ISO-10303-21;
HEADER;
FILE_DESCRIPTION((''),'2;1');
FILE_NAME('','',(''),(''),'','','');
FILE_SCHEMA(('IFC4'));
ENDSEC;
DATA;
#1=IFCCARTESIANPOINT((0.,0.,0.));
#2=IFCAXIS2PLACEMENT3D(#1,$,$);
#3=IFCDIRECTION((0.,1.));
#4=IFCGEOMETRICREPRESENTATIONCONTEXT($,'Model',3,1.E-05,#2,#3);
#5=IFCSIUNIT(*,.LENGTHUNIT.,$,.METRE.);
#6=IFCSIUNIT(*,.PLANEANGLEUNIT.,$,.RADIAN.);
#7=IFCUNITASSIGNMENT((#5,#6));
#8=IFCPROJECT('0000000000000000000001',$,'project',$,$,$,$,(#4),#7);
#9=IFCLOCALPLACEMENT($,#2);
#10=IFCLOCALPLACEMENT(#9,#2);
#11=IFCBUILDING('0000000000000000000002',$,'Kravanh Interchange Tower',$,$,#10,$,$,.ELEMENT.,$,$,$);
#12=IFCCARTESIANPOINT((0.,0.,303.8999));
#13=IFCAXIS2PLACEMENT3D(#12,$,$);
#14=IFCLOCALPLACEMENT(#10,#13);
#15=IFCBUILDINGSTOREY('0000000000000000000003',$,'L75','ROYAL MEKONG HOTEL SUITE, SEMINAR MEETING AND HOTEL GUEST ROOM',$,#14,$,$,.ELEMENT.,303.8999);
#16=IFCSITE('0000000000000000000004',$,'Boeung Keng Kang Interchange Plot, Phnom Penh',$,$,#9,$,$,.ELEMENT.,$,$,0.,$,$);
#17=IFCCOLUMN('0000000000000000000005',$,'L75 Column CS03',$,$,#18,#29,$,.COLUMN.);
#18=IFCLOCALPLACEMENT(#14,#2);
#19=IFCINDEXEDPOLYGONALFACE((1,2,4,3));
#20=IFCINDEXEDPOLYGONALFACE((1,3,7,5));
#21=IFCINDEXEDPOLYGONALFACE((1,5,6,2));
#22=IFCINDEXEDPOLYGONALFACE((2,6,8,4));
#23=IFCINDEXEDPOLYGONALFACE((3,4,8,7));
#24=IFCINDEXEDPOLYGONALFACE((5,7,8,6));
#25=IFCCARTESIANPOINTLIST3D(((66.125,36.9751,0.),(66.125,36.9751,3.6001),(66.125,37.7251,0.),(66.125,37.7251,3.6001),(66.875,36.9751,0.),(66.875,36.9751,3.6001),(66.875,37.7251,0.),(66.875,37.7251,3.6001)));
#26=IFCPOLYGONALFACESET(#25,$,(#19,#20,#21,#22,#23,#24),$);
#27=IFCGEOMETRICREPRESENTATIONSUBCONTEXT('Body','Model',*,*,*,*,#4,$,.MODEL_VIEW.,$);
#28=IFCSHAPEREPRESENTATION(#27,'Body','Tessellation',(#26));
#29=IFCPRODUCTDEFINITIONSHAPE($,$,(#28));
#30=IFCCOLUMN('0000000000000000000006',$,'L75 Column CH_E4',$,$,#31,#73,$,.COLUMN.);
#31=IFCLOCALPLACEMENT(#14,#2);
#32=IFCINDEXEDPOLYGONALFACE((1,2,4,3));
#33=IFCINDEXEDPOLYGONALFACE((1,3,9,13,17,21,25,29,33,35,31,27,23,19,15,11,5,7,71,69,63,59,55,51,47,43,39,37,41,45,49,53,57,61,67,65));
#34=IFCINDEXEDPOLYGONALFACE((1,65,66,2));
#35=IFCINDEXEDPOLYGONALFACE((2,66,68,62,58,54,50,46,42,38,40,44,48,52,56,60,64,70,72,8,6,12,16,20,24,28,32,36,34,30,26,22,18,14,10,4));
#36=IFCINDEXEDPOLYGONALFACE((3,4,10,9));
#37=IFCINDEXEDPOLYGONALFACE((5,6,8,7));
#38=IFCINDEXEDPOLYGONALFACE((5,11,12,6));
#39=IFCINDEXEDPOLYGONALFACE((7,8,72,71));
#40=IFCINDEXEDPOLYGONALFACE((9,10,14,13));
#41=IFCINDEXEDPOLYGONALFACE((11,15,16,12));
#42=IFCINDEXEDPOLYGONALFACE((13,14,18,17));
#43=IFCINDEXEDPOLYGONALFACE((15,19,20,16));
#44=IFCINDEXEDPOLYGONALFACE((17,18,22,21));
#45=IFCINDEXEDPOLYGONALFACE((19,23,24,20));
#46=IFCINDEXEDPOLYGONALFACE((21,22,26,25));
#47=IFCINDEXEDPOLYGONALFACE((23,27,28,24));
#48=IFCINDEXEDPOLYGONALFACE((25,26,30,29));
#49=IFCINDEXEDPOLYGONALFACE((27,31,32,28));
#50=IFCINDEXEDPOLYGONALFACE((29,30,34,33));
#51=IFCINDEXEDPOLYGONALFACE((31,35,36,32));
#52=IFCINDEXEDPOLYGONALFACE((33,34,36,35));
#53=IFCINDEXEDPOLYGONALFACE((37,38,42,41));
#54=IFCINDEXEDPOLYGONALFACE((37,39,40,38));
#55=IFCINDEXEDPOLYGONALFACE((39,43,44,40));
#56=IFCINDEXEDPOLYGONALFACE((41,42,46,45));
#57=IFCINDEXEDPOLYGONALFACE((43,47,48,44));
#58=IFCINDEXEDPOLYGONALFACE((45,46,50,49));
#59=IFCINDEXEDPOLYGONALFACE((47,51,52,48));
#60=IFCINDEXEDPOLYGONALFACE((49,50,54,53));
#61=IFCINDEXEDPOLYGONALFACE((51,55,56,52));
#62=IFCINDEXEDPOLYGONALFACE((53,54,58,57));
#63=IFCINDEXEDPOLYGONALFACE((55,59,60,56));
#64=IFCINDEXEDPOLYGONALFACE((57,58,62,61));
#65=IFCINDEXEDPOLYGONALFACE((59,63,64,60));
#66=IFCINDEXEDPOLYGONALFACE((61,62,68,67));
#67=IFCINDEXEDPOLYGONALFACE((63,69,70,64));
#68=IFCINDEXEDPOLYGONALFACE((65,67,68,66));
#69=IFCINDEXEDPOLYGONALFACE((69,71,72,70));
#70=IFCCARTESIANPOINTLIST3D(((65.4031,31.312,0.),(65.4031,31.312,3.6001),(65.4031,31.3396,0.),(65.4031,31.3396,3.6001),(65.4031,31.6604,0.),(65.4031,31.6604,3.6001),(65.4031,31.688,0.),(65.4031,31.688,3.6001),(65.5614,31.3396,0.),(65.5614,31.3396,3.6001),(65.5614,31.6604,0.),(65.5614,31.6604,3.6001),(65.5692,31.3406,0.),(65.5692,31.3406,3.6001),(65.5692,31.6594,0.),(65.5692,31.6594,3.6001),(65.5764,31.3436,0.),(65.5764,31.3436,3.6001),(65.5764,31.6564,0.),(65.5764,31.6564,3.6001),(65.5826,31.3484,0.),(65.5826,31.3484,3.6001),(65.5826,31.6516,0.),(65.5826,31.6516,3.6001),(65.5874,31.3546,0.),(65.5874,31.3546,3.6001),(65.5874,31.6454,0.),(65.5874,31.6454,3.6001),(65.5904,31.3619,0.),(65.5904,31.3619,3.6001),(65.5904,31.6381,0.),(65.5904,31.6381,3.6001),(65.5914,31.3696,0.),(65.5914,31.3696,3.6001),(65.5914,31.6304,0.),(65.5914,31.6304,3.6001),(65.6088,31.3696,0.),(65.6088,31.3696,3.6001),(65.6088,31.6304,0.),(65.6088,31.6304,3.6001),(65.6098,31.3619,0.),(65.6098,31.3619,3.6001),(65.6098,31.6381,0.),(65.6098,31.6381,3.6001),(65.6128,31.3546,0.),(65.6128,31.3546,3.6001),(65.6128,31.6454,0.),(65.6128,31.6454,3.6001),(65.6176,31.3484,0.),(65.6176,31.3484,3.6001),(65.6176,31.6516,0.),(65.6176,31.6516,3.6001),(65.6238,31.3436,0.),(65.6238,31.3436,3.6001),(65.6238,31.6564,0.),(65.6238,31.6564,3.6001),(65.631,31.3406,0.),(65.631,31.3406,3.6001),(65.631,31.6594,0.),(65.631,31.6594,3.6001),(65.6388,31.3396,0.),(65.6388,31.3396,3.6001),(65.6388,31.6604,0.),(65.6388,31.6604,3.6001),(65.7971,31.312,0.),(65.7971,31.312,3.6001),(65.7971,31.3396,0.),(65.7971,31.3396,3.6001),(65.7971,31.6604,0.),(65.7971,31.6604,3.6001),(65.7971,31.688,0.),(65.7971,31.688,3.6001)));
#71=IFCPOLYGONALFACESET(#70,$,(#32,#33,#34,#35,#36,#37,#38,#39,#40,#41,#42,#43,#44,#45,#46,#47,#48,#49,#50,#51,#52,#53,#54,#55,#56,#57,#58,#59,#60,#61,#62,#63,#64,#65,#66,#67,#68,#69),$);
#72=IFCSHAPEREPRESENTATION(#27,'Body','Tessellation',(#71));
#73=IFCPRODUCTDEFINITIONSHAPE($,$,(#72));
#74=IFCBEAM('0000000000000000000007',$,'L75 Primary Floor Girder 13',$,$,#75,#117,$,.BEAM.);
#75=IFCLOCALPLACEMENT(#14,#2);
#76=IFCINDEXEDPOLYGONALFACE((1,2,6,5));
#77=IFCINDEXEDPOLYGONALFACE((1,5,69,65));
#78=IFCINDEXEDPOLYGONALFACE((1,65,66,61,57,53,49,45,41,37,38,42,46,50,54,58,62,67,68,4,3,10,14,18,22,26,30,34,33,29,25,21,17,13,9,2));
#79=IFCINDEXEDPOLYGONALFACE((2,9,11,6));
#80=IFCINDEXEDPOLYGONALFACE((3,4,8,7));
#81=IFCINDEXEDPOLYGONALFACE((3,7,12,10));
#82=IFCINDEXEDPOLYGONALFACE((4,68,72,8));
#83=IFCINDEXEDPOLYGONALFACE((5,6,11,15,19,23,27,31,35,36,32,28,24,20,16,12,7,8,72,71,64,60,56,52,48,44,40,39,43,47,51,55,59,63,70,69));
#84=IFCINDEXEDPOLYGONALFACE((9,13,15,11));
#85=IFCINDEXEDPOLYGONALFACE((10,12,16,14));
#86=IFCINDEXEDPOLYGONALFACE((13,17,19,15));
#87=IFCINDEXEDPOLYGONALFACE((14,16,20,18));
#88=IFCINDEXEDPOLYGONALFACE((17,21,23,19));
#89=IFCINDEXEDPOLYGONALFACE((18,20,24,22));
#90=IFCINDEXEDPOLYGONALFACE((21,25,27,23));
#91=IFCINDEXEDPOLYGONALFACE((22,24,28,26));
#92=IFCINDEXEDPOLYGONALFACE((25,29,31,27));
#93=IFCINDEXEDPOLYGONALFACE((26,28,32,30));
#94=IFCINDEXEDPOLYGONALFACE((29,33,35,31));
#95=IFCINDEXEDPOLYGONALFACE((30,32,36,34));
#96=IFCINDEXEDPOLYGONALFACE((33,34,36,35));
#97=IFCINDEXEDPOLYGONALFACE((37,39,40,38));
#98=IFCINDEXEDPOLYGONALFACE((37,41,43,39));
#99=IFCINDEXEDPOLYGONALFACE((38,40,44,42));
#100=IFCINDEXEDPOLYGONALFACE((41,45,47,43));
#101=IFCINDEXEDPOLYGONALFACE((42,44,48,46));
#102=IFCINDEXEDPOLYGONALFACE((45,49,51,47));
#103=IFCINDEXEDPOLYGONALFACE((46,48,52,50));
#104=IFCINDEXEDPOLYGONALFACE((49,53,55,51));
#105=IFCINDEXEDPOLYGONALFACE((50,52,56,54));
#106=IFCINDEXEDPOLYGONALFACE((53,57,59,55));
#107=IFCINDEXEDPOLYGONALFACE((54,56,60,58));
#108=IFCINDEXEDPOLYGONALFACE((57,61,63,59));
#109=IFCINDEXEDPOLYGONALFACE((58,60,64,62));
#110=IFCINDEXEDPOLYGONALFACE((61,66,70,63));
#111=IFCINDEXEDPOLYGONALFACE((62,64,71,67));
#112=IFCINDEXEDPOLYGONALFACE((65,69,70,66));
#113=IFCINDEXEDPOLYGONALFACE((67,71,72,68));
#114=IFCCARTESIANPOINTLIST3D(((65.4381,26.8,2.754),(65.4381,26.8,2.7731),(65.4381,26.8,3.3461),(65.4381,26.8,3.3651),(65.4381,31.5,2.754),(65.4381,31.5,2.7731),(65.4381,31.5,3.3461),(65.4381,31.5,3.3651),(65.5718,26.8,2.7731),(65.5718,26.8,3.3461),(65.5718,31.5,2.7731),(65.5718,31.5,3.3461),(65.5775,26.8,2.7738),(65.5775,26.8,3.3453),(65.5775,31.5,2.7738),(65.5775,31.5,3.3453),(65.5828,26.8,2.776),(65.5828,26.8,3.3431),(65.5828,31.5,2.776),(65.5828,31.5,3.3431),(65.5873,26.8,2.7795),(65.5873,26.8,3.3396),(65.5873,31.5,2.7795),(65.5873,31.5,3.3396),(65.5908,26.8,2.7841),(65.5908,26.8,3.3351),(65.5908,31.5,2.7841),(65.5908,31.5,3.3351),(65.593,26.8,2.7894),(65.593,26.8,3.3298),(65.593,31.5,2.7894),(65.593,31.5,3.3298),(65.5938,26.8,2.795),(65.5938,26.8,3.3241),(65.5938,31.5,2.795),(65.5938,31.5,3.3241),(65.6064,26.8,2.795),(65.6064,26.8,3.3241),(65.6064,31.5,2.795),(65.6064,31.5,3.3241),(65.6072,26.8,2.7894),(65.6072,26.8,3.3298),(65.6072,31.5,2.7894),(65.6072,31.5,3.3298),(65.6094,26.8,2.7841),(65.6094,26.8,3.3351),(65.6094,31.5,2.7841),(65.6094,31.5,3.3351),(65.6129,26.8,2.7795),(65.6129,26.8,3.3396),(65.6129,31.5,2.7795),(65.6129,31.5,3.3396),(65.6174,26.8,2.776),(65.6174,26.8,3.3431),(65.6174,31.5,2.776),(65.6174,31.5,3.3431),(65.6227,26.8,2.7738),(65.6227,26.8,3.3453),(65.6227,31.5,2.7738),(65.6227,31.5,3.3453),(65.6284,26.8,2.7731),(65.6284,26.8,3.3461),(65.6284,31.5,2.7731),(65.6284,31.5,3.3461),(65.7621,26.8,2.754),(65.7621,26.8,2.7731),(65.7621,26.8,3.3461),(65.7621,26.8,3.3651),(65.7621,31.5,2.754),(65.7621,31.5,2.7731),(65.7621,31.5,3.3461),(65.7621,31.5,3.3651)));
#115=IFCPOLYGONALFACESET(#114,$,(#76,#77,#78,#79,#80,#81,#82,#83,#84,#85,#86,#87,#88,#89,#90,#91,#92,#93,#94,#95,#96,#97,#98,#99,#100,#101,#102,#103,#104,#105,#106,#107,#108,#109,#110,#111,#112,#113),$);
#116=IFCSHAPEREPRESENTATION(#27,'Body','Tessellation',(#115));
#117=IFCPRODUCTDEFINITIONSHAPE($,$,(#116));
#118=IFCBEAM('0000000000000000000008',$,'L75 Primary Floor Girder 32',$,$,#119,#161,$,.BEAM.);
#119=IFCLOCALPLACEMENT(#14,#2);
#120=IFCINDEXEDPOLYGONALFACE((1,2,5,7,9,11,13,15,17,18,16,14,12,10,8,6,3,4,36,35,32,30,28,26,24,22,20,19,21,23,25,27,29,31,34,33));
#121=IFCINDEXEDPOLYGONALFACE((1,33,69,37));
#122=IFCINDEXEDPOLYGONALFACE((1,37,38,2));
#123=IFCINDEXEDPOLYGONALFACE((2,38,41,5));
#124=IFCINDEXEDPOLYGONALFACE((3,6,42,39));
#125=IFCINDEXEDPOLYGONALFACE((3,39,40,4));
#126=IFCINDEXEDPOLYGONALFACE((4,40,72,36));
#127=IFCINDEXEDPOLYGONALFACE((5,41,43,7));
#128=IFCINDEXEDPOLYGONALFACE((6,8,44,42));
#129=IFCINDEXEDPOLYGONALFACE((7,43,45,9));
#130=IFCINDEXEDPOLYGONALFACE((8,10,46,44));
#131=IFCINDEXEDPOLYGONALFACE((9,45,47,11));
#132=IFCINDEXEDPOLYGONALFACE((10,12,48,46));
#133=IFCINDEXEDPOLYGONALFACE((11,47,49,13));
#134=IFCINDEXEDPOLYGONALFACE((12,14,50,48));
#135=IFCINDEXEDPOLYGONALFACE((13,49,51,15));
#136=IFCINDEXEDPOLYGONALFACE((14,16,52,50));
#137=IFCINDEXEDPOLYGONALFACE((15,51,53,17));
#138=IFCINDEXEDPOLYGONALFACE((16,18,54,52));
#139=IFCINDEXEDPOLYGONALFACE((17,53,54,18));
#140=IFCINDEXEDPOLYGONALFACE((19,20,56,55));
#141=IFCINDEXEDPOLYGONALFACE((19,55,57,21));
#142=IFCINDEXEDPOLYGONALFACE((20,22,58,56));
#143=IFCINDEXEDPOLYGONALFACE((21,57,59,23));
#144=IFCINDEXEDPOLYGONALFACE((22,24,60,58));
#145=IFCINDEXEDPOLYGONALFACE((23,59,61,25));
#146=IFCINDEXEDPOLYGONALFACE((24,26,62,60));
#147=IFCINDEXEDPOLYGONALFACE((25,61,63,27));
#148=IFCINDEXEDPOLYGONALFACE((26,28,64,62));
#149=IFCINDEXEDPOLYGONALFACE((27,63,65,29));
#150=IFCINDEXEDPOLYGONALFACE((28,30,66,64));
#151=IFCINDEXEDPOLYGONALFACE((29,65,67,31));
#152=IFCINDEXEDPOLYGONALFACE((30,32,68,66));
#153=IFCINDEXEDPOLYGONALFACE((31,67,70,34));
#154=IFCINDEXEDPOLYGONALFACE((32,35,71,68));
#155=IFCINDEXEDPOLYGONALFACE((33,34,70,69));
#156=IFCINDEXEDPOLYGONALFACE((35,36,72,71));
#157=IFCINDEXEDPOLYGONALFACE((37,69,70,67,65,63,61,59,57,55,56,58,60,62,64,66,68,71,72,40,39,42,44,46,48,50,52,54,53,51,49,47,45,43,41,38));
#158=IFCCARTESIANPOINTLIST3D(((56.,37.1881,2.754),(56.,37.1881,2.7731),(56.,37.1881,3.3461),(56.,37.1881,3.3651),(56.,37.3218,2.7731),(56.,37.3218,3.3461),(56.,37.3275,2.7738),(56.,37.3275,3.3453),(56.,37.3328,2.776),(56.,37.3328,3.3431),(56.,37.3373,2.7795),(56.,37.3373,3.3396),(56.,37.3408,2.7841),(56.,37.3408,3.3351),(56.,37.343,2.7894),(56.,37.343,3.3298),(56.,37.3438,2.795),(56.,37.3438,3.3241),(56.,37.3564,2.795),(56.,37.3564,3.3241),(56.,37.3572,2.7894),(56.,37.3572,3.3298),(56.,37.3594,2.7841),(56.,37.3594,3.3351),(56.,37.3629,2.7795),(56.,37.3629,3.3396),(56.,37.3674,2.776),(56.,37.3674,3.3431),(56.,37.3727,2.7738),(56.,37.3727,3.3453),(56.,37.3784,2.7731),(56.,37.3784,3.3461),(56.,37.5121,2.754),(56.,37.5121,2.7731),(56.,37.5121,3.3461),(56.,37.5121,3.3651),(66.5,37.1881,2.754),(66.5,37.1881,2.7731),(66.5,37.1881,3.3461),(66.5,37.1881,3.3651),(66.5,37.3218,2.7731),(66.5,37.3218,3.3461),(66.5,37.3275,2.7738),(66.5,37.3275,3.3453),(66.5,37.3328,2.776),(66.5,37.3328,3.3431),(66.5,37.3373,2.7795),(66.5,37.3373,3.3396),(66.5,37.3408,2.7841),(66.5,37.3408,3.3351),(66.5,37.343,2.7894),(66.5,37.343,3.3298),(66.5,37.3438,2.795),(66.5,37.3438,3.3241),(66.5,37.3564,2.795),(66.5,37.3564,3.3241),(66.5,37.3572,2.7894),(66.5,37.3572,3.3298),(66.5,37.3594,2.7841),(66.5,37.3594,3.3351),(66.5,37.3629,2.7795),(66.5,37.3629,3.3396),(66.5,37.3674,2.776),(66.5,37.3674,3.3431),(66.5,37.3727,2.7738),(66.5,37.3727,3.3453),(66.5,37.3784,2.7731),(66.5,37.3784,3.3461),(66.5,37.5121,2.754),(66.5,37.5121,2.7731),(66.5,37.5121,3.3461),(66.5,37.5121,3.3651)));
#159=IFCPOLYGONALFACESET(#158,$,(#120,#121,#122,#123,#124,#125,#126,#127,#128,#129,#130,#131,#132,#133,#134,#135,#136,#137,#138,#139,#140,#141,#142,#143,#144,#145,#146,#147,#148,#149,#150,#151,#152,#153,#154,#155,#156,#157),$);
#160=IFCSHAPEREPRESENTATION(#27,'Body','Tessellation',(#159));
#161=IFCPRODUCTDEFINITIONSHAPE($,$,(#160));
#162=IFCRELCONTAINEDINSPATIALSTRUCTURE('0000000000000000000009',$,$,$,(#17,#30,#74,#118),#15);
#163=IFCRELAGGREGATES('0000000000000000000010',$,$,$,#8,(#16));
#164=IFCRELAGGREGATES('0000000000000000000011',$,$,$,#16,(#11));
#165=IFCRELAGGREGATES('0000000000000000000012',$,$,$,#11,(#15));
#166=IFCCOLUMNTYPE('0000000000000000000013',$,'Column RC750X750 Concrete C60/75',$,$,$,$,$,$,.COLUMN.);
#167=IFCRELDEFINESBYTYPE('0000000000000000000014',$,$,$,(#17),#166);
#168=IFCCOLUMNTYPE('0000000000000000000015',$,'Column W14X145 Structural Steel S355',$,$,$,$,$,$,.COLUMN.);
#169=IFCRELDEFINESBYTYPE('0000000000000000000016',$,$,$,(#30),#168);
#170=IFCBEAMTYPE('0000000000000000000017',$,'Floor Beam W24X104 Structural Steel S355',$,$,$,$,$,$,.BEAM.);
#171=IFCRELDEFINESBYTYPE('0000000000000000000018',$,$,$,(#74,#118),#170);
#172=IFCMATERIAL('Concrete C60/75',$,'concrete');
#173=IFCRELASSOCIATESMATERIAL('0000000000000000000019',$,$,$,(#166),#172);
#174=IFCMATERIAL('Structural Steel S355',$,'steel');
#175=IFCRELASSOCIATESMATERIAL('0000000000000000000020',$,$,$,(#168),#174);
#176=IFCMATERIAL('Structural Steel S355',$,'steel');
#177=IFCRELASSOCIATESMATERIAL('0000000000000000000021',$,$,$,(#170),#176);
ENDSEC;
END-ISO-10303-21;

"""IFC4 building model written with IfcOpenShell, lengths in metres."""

from ifc_helpers import new_model, si_unit, direction, frame, origin, origin_2d, place, context, subcontext, project, spatial, rectangle, i_section, extrude, material, material_profile, profile_set, type_object, element, save


model = new_model("IFC4")

# Units and contexts
model_context = context("Model", 3, precision=1e-05, world=origin(), true_north=direction((0.0, 1.0)))
body_context = subcontext(model_context, "Body", "Model", "MODEL_VIEW")
ifc_project = project(units=[si_unit("LENGTHUNIT", "METRE"), si_unit("PLANEANGLEUNIT", "RADIAN")], contexts=[model_context])

# Site, building, storey
site_placement = place(None, origin())
site = spatial("IfcSite", under=ifc_project, at=site_placement, Name="Boeung Keng Kang Interchange Plot, Phnom Penh", CompositionType="ELEMENT", RefElevation=0.0)
building_placement = place(site_placement, origin())
building = spatial("IfcBuilding", under=site, at=building_placement, Name="Kravanh Interchange Tower", CompositionType="ELEMENT")
storey_placement = place(building_placement, frame((0.0, 0.0, 303.8999)))
storey = spatial("IfcBuildingStorey", under=building, at=storey_placement, Name="L75", Description="ROYAL MEKONG HOTEL SUITE, SEMINAR MEETING AND HOTEL GUEST ROOM", CompositionType="ELEMENT", Elevation=303.8999)

# Columns
ifc_material_1 = material(Name="Concrete C60/75", Category="concrete")
ifc_material_profile_1 = material_profile(ifc_material_1, rectangle(XDim=0.75, YDim=0.75, at=origin_2d()), Name="RC750X750")
ifc_profile_set_1 = profile_set([ifc_material_profile_1], Name="Concrete C60/75")
column_type_1 = type_object("IfcColumnType", Name="Column RC750X750 Concrete C60/75", PredefinedType="COLUMN", material=ifc_profile_set_1)
column_1_placement = place(storey_placement, frame((66.5, 37.3501, 0.0), z_axis=(0.0, 0.0, 1.0), x_axis=(1.0, 0.0, 0.0)))
element("IfcColumn", 1, at=column_1_placement, inside=storey, type_object=column_type_1, Name="L75 Column CS03", PredefinedType="COLUMN", context=body_context, shape_type="SweptSolid", body=[
    extrude(rectangle(XDim=0.75, YDim=0.75, at=origin_2d()), origin(), (0.0, 0.0, 1.0), 3.6001),
])
ifc_material_2 = material(Name="Structural Steel S355", Category="steel")
ifc_material_profile_2 = material_profile(ifc_material_2, i_section(OverallWidth=0.394, OverallDepth=0.376, WebThickness=0.0173, FlangeThickness=0.0276, FilletRadius=0.03, at=origin_2d()), Name="W14X145")
ifc_profile_set_2 = profile_set([ifc_material_profile_2], Name="Structural Steel S355")
column_type_2 = type_object("IfcColumnType", Name="Column W14X145 Structural Steel S355", PredefinedType="COLUMN", material=ifc_profile_set_2)
column_2_placement = place(storey_placement, frame((65.6001, 31.5, 0.0), z_axis=(0.0, 0.0, 1.0), x_axis=(1.0, 0.0, 0.0)))
element("IfcColumn", 2, at=column_2_placement, inside=storey, type_object=column_type_2, Name="L75 Column CH_E4", PredefinedType="COLUMN", context=body_context, shape_type="SweptSolid", body=[
    extrude(i_section(OverallWidth=0.394, OverallDepth=0.376, WebThickness=0.0173, FlangeThickness=0.0276, FilletRadius=0.03, at=origin_2d()), origin(), (0.0, 0.0, 1.0), 3.6001),
])

# Beams
ifc_material_3 = material(Name="Structural Steel S355", Category="steel")
ifc_material_profile_3 = material_profile(ifc_material_3, i_section(OverallWidth=0.324, OverallDepth=0.6111, WebThickness=0.0127, FlangeThickness=0.019, FilletRadius=0.022, at=origin_2d()), Name="W24X104")
ifc_profile_set_3 = profile_set([ifc_material_profile_3], Name="Structural Steel S355")
beam_type_1 = type_object("IfcBeamType", Name="Floor Beam W24X104 Structural Steel S355", PredefinedType="BEAM", material=ifc_profile_set_3)
beam_1_placement = place(storey_placement, frame((65.6001, 31.5, 3.0596), z_axis=(0.0, -1.0, 0.0), x_axis=(1.0, 0.0, 0.0)))
element("IfcBeam", 3, at=beam_1_placement, inside=storey, type_object=beam_type_1, Name="L75 Primary Floor Girder 13", PredefinedType="BEAM", context=body_context, shape_type="SweptSolid", body=[
    extrude(i_section(OverallWidth=0.324, OverallDepth=0.6111, WebThickness=0.0127, FlangeThickness=0.019, FilletRadius=0.022, at=origin_2d()), origin(), (0.0, 0.0, 1.0), 4.7),
])
beam_2_placement = place(storey_placement, frame((66.5, 37.3501, 3.0596), z_axis=(-1.0, 0.0, 0.0), x_axis=(0.0, -1.0, 0.0)))
element("IfcBeam", 4, at=beam_2_placement, inside=storey, type_object=beam_type_1, Name="L75 Primary Floor Girder 32", PredefinedType="BEAM", context=body_context, shape_type="SweptSolid", body=[
    extrude(i_section(OverallWidth=0.324, OverallDepth=0.6111, WebThickness=0.0127, FlangeThickness=0.019, FilletRadius=0.022, at=origin_2d()), origin(), (0.0, 0.0, 1.0), 10.5),
])

save(model, "model.ifc")
